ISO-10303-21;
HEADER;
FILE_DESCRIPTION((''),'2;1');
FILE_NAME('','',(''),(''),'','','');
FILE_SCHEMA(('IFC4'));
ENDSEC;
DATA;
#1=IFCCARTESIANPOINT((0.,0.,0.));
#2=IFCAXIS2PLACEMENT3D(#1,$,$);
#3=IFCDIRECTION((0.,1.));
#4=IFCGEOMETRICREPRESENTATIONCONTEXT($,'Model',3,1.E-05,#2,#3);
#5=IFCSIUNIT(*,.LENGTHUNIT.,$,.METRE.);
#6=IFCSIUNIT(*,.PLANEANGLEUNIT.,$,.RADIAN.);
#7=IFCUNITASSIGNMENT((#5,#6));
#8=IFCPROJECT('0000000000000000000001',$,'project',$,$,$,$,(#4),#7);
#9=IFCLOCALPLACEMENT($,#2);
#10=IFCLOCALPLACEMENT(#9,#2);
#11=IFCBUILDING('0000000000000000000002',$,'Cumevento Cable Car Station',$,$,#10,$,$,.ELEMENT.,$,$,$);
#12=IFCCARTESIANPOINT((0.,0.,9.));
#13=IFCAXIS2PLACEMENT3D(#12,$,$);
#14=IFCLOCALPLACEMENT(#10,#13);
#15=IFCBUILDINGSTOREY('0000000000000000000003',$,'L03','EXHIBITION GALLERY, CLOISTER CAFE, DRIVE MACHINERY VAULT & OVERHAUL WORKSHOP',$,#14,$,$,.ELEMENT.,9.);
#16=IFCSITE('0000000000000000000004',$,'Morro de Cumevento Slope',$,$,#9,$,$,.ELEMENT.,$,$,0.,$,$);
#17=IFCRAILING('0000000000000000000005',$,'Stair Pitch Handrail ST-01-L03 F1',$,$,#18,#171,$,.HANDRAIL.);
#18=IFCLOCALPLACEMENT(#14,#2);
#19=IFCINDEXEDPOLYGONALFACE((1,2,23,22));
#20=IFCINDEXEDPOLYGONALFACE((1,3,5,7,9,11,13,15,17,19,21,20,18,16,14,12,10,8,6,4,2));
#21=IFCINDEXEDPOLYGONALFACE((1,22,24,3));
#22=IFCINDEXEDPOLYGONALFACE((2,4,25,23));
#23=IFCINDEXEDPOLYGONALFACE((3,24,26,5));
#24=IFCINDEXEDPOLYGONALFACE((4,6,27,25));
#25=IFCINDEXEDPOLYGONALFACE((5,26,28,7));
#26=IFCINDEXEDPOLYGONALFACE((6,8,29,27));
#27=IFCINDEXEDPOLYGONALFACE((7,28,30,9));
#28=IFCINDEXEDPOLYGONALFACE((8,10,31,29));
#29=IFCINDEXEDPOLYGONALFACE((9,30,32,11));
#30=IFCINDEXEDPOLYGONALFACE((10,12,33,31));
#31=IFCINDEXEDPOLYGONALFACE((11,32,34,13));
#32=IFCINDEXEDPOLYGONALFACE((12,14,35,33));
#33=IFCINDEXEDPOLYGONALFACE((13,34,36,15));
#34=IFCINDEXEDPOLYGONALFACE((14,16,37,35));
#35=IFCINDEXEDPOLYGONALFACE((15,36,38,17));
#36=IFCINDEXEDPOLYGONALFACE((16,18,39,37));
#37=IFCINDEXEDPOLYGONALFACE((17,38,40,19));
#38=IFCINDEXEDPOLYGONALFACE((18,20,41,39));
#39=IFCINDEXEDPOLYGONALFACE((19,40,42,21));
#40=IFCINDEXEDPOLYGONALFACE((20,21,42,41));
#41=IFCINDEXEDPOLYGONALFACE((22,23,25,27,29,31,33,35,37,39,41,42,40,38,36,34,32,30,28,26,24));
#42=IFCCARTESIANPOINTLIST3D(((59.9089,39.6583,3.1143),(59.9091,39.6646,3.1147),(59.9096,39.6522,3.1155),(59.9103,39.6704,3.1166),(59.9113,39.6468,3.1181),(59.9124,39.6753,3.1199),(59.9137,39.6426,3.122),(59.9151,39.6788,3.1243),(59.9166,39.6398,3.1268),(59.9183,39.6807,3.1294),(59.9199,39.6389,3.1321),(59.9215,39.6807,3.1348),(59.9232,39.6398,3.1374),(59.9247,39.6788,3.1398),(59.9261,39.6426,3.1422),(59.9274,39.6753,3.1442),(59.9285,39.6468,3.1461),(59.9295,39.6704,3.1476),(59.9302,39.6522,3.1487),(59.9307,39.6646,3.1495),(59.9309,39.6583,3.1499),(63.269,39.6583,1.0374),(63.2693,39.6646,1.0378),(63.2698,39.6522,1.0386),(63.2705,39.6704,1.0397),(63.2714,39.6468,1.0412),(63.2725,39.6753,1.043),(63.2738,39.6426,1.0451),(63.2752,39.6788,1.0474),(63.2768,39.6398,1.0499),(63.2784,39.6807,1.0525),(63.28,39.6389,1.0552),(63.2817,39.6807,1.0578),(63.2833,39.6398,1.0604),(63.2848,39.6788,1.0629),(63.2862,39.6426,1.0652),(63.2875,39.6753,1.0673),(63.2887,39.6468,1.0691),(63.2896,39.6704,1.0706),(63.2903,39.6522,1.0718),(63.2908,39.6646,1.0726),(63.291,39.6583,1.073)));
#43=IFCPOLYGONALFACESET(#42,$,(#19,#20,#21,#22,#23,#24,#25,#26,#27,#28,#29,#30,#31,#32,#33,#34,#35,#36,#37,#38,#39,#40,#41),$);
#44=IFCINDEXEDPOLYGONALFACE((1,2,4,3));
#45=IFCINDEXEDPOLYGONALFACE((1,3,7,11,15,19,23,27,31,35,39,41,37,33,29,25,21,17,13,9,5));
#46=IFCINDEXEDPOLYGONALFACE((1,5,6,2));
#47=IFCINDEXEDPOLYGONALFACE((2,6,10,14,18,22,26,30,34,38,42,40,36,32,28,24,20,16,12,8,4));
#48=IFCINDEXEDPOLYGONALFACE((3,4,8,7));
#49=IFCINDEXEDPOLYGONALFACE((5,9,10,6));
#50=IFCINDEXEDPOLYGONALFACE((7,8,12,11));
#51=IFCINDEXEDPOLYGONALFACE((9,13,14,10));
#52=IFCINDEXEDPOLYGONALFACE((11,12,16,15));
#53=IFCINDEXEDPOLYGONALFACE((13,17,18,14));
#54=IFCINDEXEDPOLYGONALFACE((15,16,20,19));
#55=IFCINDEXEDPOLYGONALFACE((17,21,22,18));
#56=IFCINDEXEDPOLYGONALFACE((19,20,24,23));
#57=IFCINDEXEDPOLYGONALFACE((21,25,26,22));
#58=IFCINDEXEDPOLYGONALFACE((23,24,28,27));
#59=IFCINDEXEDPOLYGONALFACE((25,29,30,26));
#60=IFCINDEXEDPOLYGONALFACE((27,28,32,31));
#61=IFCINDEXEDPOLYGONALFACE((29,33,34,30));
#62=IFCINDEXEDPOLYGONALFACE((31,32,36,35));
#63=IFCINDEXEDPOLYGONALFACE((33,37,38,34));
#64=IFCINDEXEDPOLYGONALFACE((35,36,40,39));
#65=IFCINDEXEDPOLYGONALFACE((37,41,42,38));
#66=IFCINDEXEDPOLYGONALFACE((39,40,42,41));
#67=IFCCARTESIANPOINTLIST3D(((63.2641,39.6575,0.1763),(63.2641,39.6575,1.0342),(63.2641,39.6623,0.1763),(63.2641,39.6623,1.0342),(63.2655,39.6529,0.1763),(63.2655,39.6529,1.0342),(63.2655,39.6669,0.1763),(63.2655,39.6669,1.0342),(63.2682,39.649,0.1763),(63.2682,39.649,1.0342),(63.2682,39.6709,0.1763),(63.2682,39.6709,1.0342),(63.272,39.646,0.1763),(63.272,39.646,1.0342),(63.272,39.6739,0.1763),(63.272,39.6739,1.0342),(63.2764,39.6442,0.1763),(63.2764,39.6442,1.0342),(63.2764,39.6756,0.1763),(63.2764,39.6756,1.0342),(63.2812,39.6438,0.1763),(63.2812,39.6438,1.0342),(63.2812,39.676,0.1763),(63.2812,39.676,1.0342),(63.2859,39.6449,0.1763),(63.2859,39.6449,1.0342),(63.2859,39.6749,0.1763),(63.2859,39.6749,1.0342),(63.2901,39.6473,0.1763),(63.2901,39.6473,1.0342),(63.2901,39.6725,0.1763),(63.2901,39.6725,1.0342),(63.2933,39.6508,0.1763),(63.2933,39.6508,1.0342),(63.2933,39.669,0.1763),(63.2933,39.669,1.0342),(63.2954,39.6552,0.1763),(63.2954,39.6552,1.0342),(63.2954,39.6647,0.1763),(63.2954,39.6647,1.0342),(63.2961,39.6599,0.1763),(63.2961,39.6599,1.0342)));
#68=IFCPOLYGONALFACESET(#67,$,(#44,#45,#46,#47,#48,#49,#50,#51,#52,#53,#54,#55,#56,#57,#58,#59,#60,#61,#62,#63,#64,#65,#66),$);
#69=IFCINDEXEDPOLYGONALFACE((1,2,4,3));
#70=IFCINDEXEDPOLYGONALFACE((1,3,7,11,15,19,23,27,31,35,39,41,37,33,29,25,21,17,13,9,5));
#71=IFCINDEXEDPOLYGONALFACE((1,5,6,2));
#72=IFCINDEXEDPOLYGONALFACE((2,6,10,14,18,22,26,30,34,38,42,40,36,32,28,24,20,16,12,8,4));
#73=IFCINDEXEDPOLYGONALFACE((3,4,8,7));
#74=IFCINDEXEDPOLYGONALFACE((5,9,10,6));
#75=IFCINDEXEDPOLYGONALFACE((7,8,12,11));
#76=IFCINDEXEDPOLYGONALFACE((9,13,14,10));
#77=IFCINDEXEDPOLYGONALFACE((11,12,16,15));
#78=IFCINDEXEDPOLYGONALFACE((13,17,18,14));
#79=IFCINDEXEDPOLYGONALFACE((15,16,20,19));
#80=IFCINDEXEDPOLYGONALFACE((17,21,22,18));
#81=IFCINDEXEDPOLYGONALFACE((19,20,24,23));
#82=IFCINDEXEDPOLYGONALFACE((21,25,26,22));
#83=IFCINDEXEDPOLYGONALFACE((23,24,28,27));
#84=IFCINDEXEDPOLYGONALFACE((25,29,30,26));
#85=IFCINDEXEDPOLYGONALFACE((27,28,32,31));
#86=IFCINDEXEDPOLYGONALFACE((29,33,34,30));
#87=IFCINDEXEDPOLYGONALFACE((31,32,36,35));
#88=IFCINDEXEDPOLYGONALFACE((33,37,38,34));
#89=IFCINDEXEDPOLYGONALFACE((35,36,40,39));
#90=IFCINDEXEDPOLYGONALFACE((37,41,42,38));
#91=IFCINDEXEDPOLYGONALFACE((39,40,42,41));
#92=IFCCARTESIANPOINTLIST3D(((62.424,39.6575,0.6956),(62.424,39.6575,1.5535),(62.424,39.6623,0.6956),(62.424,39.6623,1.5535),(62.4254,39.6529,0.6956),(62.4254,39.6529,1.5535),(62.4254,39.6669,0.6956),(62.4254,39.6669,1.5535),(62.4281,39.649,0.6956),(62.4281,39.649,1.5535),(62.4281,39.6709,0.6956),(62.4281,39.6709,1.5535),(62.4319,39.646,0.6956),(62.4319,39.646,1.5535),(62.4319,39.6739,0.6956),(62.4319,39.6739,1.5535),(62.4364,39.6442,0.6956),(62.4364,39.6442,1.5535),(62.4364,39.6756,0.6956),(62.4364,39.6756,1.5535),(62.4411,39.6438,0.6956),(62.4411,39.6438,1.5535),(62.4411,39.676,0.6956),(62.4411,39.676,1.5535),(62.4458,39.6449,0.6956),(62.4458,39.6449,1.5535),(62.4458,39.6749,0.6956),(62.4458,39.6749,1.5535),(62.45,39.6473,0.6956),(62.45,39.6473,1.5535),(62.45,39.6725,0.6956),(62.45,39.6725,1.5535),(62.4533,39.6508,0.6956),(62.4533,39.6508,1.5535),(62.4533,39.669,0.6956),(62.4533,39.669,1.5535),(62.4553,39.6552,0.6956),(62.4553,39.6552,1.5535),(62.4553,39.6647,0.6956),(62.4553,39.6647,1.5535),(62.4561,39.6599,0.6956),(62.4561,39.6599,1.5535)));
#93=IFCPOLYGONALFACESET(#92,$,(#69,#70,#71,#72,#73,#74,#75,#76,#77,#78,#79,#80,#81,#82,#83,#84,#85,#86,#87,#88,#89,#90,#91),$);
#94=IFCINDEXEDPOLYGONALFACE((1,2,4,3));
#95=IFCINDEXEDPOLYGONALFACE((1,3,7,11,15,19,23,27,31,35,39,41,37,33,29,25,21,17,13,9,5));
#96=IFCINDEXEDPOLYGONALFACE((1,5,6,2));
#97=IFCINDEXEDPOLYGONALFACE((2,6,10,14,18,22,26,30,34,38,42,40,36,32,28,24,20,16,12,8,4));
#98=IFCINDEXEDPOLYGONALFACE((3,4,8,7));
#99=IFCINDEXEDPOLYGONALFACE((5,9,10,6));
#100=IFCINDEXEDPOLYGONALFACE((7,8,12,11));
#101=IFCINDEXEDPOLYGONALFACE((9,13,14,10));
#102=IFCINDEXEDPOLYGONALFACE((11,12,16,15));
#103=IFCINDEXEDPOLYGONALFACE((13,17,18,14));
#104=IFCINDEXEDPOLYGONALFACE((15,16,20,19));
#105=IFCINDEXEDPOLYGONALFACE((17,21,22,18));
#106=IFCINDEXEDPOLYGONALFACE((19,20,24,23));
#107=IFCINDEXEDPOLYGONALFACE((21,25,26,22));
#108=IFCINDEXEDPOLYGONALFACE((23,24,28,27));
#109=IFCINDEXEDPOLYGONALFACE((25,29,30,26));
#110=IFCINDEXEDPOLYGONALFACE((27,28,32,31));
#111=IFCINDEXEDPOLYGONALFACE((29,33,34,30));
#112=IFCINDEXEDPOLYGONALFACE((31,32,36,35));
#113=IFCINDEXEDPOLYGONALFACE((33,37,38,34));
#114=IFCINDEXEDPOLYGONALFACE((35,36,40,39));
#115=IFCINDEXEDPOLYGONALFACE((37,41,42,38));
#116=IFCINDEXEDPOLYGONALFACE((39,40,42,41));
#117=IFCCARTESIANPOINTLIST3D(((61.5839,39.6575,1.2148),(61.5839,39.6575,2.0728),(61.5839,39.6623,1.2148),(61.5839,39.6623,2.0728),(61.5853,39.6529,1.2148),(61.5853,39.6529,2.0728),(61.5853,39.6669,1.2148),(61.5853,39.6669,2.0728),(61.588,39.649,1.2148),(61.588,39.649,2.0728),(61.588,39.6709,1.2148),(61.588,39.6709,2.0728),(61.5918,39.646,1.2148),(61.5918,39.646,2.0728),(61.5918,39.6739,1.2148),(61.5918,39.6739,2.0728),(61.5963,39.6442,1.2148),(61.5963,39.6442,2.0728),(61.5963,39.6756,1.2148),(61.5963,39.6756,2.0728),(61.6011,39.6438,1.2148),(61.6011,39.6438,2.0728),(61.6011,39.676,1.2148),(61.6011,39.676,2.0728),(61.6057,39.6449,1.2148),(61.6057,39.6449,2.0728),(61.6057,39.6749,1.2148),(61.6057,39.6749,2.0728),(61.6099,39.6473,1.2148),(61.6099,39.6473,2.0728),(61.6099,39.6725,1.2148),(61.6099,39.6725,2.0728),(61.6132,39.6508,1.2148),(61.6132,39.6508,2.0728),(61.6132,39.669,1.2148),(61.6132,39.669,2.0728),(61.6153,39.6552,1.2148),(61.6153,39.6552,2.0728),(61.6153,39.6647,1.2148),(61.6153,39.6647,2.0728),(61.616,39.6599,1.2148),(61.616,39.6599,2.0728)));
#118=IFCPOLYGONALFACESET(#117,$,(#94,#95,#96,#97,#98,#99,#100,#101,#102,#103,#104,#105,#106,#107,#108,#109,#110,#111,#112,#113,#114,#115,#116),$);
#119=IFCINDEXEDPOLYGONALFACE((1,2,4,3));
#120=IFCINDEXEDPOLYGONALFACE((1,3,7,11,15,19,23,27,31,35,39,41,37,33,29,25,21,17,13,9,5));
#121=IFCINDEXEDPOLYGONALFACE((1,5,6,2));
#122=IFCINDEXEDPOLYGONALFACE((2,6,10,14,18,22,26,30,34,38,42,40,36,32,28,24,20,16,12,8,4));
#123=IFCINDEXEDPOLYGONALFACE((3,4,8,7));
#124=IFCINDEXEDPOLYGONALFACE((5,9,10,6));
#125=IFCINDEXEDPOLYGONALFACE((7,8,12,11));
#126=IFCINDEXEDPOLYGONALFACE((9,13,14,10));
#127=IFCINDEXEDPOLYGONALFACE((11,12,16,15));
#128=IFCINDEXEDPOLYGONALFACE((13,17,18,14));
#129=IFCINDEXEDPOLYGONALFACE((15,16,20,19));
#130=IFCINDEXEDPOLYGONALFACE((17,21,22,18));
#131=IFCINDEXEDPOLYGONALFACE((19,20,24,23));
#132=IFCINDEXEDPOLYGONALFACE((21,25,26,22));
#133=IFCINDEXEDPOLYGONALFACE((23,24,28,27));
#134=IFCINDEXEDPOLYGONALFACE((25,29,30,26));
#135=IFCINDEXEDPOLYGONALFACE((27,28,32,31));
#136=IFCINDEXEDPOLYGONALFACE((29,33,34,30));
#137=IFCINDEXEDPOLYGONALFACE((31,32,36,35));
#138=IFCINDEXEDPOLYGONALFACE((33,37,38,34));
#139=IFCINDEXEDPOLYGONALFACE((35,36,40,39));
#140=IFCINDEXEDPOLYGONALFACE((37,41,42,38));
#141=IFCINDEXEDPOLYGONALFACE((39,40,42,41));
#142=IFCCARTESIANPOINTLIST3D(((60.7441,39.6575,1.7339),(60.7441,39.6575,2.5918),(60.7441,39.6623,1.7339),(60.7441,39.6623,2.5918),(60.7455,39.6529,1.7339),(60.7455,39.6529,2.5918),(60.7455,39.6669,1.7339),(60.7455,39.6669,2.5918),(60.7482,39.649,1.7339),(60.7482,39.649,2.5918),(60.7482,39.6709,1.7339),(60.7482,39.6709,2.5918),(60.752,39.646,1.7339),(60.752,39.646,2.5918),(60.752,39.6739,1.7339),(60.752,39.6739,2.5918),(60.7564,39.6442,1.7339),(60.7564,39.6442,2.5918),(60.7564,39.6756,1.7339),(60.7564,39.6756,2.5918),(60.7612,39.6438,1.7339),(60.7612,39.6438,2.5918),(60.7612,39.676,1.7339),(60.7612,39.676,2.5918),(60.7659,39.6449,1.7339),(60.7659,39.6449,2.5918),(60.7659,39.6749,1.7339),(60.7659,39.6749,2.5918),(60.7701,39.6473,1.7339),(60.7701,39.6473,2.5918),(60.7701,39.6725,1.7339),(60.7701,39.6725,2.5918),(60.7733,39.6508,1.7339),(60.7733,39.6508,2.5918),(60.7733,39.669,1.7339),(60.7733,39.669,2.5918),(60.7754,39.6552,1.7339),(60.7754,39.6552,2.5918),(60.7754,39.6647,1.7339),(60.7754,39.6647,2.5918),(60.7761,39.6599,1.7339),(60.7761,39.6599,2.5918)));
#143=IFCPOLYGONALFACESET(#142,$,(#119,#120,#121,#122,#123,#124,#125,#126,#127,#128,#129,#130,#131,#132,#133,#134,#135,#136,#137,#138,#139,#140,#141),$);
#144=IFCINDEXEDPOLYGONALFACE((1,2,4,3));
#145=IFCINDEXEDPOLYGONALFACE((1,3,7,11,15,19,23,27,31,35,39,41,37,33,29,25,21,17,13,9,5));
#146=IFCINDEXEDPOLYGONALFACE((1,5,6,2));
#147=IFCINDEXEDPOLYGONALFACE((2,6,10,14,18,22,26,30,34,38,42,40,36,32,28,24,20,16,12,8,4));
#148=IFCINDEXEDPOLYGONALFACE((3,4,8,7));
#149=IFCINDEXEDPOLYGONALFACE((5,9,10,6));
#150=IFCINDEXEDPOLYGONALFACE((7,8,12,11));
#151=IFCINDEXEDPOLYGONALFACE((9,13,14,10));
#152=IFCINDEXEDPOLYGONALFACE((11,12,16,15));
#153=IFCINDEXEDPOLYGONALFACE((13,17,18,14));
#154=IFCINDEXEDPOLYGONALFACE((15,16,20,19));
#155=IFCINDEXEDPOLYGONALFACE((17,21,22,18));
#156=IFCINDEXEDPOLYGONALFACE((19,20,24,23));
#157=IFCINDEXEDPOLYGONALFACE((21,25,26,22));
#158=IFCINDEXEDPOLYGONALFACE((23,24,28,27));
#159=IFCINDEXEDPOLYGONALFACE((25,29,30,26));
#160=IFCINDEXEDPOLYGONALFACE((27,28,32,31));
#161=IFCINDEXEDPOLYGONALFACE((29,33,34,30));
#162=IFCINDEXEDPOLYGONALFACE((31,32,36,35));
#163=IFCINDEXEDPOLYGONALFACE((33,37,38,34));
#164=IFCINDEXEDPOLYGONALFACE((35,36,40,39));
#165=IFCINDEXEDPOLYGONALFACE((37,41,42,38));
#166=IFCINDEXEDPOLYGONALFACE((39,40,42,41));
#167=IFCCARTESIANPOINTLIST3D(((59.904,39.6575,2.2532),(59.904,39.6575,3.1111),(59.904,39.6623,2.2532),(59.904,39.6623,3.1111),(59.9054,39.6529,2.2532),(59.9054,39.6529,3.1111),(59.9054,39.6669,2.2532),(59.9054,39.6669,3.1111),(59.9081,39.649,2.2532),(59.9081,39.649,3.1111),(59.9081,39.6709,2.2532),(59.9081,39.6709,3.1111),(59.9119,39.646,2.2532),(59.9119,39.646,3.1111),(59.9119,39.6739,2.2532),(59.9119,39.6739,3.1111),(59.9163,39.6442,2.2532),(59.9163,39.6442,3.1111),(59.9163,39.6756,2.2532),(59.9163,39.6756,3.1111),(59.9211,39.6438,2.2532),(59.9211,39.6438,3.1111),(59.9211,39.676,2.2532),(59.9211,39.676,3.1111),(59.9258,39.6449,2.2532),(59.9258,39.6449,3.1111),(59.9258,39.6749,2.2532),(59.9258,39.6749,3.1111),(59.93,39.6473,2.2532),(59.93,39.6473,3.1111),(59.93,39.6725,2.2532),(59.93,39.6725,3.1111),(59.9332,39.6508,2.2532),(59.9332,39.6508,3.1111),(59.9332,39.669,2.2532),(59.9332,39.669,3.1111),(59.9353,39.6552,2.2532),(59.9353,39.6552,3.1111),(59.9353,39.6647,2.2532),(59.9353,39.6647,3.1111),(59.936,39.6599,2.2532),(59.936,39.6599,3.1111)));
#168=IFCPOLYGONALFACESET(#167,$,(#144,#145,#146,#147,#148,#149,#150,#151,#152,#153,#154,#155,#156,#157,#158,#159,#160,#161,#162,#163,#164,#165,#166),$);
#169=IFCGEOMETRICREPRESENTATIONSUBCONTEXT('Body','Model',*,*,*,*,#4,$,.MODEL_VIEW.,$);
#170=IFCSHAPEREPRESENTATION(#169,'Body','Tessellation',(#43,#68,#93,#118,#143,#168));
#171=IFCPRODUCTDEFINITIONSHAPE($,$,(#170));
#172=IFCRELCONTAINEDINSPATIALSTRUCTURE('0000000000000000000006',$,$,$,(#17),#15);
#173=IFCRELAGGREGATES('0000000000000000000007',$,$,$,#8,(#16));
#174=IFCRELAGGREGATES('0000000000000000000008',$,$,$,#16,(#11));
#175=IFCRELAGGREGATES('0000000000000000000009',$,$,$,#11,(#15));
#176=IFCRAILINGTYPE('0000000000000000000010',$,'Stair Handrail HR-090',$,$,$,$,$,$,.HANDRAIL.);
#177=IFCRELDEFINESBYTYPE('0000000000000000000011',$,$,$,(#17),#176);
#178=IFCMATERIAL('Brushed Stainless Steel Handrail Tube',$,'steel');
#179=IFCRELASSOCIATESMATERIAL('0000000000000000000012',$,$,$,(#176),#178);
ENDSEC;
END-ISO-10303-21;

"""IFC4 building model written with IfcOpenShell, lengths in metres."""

from ifc_helpers import new_model, si_unit, direction, frame, origin, origin_2d, place, context, subcontext, project, spatial, circle, extrude, material, type_object, element, save


model = new_model("IFC4")

# Units and contexts
model_context = context("Model", 3, precision=1e-05, world=origin(), true_north=direction((0.0, 1.0)))
body_context = subcontext(model_context, "Body", "Model", "MODEL_VIEW")
ifc_project = project(units=[si_unit("LENGTHUNIT", "METRE"), si_unit("PLANEANGLEUNIT", "RADIAN")], contexts=[model_context])

# Site, building, storey
site_placement = place(None, origin())
site = spatial("IfcSite", under=ifc_project, at=site_placement, Name="Morro de Cumevento Slope", CompositionType="ELEMENT", RefElevation=0.0)
building_placement = place(site_placement, origin())
building = spatial("IfcBuilding", under=site, at=building_placement, Name="Cumevento Cable Car Station", CompositionType="ELEMENT")
storey_placement = place(building_placement, frame((0.0, 0.0, 9.0)))
storey = spatial("IfcBuildingStorey", under=building, at=storey_placement, Name="L03", Description="EXHIBITION GALLERY, CLOISTER CAFE, DRIVE MACHINERY VAULT & OVERHAUL WORKSHOP", CompositionType="ELEMENT", Elevation=9.0)

# Railing
ifc_material_1 = material(Name="Brushed Stainless Steel Handrail Tube", Category="steel")
railing_type_1 = type_object("IfcRailingType", Name="Stair Handrail HR-090", PredefinedType="HANDRAIL", material=ifc_material_1)
railing_1_placement = place(storey_placement, frame((63.28, 39.6599, 0.1763)))
element("IfcRailing", 1, at=railing_1_placement, inside=storey, type_object=railing_type_1, Name="Stair Pitch Handrail ST-01-L03 F1", PredefinedType="HANDRAIL", context=body_context, shape_type="SweptSolid", body=[
    extrude(circle(Radius=0.021, at=origin_2d()), frame((0.0, 0.0, 0.8789), z_axis=(-0.850623, 0.0, 0.525776), x_axis=(0.0, -1.0, 0.0)), (0.0, 0.0, 1.0), 3.9502),
    extrude(circle(Radius=0.0161, at=origin_2d()), origin(), (0.0, 0.0, 1.0), 0.8579),
    extrude(circle(Radius=0.0161, at=origin_2d()), frame((-0.8401, 0.0, 0.5193)), (0.0, 0.0, 1.0), 0.8579),
    extrude(circle(Radius=0.0161, at=origin_2d()), frame((-1.6802, 0.0, 1.0386)), (0.0, 0.0, 1.0), 0.8579),
    extrude(circle(Radius=0.0161, at=origin_2d()), frame((-2.52, 0.0, 1.5576)), (0.0, 0.0, 1.0), 0.8579),
    extrude(circle(Radius=0.0161, at=origin_2d()), frame((-3.3601, 0.0, 2.0769)), (0.0, 0.0, 1.0), 0.8579),
])

save(model, "model.ifc")
